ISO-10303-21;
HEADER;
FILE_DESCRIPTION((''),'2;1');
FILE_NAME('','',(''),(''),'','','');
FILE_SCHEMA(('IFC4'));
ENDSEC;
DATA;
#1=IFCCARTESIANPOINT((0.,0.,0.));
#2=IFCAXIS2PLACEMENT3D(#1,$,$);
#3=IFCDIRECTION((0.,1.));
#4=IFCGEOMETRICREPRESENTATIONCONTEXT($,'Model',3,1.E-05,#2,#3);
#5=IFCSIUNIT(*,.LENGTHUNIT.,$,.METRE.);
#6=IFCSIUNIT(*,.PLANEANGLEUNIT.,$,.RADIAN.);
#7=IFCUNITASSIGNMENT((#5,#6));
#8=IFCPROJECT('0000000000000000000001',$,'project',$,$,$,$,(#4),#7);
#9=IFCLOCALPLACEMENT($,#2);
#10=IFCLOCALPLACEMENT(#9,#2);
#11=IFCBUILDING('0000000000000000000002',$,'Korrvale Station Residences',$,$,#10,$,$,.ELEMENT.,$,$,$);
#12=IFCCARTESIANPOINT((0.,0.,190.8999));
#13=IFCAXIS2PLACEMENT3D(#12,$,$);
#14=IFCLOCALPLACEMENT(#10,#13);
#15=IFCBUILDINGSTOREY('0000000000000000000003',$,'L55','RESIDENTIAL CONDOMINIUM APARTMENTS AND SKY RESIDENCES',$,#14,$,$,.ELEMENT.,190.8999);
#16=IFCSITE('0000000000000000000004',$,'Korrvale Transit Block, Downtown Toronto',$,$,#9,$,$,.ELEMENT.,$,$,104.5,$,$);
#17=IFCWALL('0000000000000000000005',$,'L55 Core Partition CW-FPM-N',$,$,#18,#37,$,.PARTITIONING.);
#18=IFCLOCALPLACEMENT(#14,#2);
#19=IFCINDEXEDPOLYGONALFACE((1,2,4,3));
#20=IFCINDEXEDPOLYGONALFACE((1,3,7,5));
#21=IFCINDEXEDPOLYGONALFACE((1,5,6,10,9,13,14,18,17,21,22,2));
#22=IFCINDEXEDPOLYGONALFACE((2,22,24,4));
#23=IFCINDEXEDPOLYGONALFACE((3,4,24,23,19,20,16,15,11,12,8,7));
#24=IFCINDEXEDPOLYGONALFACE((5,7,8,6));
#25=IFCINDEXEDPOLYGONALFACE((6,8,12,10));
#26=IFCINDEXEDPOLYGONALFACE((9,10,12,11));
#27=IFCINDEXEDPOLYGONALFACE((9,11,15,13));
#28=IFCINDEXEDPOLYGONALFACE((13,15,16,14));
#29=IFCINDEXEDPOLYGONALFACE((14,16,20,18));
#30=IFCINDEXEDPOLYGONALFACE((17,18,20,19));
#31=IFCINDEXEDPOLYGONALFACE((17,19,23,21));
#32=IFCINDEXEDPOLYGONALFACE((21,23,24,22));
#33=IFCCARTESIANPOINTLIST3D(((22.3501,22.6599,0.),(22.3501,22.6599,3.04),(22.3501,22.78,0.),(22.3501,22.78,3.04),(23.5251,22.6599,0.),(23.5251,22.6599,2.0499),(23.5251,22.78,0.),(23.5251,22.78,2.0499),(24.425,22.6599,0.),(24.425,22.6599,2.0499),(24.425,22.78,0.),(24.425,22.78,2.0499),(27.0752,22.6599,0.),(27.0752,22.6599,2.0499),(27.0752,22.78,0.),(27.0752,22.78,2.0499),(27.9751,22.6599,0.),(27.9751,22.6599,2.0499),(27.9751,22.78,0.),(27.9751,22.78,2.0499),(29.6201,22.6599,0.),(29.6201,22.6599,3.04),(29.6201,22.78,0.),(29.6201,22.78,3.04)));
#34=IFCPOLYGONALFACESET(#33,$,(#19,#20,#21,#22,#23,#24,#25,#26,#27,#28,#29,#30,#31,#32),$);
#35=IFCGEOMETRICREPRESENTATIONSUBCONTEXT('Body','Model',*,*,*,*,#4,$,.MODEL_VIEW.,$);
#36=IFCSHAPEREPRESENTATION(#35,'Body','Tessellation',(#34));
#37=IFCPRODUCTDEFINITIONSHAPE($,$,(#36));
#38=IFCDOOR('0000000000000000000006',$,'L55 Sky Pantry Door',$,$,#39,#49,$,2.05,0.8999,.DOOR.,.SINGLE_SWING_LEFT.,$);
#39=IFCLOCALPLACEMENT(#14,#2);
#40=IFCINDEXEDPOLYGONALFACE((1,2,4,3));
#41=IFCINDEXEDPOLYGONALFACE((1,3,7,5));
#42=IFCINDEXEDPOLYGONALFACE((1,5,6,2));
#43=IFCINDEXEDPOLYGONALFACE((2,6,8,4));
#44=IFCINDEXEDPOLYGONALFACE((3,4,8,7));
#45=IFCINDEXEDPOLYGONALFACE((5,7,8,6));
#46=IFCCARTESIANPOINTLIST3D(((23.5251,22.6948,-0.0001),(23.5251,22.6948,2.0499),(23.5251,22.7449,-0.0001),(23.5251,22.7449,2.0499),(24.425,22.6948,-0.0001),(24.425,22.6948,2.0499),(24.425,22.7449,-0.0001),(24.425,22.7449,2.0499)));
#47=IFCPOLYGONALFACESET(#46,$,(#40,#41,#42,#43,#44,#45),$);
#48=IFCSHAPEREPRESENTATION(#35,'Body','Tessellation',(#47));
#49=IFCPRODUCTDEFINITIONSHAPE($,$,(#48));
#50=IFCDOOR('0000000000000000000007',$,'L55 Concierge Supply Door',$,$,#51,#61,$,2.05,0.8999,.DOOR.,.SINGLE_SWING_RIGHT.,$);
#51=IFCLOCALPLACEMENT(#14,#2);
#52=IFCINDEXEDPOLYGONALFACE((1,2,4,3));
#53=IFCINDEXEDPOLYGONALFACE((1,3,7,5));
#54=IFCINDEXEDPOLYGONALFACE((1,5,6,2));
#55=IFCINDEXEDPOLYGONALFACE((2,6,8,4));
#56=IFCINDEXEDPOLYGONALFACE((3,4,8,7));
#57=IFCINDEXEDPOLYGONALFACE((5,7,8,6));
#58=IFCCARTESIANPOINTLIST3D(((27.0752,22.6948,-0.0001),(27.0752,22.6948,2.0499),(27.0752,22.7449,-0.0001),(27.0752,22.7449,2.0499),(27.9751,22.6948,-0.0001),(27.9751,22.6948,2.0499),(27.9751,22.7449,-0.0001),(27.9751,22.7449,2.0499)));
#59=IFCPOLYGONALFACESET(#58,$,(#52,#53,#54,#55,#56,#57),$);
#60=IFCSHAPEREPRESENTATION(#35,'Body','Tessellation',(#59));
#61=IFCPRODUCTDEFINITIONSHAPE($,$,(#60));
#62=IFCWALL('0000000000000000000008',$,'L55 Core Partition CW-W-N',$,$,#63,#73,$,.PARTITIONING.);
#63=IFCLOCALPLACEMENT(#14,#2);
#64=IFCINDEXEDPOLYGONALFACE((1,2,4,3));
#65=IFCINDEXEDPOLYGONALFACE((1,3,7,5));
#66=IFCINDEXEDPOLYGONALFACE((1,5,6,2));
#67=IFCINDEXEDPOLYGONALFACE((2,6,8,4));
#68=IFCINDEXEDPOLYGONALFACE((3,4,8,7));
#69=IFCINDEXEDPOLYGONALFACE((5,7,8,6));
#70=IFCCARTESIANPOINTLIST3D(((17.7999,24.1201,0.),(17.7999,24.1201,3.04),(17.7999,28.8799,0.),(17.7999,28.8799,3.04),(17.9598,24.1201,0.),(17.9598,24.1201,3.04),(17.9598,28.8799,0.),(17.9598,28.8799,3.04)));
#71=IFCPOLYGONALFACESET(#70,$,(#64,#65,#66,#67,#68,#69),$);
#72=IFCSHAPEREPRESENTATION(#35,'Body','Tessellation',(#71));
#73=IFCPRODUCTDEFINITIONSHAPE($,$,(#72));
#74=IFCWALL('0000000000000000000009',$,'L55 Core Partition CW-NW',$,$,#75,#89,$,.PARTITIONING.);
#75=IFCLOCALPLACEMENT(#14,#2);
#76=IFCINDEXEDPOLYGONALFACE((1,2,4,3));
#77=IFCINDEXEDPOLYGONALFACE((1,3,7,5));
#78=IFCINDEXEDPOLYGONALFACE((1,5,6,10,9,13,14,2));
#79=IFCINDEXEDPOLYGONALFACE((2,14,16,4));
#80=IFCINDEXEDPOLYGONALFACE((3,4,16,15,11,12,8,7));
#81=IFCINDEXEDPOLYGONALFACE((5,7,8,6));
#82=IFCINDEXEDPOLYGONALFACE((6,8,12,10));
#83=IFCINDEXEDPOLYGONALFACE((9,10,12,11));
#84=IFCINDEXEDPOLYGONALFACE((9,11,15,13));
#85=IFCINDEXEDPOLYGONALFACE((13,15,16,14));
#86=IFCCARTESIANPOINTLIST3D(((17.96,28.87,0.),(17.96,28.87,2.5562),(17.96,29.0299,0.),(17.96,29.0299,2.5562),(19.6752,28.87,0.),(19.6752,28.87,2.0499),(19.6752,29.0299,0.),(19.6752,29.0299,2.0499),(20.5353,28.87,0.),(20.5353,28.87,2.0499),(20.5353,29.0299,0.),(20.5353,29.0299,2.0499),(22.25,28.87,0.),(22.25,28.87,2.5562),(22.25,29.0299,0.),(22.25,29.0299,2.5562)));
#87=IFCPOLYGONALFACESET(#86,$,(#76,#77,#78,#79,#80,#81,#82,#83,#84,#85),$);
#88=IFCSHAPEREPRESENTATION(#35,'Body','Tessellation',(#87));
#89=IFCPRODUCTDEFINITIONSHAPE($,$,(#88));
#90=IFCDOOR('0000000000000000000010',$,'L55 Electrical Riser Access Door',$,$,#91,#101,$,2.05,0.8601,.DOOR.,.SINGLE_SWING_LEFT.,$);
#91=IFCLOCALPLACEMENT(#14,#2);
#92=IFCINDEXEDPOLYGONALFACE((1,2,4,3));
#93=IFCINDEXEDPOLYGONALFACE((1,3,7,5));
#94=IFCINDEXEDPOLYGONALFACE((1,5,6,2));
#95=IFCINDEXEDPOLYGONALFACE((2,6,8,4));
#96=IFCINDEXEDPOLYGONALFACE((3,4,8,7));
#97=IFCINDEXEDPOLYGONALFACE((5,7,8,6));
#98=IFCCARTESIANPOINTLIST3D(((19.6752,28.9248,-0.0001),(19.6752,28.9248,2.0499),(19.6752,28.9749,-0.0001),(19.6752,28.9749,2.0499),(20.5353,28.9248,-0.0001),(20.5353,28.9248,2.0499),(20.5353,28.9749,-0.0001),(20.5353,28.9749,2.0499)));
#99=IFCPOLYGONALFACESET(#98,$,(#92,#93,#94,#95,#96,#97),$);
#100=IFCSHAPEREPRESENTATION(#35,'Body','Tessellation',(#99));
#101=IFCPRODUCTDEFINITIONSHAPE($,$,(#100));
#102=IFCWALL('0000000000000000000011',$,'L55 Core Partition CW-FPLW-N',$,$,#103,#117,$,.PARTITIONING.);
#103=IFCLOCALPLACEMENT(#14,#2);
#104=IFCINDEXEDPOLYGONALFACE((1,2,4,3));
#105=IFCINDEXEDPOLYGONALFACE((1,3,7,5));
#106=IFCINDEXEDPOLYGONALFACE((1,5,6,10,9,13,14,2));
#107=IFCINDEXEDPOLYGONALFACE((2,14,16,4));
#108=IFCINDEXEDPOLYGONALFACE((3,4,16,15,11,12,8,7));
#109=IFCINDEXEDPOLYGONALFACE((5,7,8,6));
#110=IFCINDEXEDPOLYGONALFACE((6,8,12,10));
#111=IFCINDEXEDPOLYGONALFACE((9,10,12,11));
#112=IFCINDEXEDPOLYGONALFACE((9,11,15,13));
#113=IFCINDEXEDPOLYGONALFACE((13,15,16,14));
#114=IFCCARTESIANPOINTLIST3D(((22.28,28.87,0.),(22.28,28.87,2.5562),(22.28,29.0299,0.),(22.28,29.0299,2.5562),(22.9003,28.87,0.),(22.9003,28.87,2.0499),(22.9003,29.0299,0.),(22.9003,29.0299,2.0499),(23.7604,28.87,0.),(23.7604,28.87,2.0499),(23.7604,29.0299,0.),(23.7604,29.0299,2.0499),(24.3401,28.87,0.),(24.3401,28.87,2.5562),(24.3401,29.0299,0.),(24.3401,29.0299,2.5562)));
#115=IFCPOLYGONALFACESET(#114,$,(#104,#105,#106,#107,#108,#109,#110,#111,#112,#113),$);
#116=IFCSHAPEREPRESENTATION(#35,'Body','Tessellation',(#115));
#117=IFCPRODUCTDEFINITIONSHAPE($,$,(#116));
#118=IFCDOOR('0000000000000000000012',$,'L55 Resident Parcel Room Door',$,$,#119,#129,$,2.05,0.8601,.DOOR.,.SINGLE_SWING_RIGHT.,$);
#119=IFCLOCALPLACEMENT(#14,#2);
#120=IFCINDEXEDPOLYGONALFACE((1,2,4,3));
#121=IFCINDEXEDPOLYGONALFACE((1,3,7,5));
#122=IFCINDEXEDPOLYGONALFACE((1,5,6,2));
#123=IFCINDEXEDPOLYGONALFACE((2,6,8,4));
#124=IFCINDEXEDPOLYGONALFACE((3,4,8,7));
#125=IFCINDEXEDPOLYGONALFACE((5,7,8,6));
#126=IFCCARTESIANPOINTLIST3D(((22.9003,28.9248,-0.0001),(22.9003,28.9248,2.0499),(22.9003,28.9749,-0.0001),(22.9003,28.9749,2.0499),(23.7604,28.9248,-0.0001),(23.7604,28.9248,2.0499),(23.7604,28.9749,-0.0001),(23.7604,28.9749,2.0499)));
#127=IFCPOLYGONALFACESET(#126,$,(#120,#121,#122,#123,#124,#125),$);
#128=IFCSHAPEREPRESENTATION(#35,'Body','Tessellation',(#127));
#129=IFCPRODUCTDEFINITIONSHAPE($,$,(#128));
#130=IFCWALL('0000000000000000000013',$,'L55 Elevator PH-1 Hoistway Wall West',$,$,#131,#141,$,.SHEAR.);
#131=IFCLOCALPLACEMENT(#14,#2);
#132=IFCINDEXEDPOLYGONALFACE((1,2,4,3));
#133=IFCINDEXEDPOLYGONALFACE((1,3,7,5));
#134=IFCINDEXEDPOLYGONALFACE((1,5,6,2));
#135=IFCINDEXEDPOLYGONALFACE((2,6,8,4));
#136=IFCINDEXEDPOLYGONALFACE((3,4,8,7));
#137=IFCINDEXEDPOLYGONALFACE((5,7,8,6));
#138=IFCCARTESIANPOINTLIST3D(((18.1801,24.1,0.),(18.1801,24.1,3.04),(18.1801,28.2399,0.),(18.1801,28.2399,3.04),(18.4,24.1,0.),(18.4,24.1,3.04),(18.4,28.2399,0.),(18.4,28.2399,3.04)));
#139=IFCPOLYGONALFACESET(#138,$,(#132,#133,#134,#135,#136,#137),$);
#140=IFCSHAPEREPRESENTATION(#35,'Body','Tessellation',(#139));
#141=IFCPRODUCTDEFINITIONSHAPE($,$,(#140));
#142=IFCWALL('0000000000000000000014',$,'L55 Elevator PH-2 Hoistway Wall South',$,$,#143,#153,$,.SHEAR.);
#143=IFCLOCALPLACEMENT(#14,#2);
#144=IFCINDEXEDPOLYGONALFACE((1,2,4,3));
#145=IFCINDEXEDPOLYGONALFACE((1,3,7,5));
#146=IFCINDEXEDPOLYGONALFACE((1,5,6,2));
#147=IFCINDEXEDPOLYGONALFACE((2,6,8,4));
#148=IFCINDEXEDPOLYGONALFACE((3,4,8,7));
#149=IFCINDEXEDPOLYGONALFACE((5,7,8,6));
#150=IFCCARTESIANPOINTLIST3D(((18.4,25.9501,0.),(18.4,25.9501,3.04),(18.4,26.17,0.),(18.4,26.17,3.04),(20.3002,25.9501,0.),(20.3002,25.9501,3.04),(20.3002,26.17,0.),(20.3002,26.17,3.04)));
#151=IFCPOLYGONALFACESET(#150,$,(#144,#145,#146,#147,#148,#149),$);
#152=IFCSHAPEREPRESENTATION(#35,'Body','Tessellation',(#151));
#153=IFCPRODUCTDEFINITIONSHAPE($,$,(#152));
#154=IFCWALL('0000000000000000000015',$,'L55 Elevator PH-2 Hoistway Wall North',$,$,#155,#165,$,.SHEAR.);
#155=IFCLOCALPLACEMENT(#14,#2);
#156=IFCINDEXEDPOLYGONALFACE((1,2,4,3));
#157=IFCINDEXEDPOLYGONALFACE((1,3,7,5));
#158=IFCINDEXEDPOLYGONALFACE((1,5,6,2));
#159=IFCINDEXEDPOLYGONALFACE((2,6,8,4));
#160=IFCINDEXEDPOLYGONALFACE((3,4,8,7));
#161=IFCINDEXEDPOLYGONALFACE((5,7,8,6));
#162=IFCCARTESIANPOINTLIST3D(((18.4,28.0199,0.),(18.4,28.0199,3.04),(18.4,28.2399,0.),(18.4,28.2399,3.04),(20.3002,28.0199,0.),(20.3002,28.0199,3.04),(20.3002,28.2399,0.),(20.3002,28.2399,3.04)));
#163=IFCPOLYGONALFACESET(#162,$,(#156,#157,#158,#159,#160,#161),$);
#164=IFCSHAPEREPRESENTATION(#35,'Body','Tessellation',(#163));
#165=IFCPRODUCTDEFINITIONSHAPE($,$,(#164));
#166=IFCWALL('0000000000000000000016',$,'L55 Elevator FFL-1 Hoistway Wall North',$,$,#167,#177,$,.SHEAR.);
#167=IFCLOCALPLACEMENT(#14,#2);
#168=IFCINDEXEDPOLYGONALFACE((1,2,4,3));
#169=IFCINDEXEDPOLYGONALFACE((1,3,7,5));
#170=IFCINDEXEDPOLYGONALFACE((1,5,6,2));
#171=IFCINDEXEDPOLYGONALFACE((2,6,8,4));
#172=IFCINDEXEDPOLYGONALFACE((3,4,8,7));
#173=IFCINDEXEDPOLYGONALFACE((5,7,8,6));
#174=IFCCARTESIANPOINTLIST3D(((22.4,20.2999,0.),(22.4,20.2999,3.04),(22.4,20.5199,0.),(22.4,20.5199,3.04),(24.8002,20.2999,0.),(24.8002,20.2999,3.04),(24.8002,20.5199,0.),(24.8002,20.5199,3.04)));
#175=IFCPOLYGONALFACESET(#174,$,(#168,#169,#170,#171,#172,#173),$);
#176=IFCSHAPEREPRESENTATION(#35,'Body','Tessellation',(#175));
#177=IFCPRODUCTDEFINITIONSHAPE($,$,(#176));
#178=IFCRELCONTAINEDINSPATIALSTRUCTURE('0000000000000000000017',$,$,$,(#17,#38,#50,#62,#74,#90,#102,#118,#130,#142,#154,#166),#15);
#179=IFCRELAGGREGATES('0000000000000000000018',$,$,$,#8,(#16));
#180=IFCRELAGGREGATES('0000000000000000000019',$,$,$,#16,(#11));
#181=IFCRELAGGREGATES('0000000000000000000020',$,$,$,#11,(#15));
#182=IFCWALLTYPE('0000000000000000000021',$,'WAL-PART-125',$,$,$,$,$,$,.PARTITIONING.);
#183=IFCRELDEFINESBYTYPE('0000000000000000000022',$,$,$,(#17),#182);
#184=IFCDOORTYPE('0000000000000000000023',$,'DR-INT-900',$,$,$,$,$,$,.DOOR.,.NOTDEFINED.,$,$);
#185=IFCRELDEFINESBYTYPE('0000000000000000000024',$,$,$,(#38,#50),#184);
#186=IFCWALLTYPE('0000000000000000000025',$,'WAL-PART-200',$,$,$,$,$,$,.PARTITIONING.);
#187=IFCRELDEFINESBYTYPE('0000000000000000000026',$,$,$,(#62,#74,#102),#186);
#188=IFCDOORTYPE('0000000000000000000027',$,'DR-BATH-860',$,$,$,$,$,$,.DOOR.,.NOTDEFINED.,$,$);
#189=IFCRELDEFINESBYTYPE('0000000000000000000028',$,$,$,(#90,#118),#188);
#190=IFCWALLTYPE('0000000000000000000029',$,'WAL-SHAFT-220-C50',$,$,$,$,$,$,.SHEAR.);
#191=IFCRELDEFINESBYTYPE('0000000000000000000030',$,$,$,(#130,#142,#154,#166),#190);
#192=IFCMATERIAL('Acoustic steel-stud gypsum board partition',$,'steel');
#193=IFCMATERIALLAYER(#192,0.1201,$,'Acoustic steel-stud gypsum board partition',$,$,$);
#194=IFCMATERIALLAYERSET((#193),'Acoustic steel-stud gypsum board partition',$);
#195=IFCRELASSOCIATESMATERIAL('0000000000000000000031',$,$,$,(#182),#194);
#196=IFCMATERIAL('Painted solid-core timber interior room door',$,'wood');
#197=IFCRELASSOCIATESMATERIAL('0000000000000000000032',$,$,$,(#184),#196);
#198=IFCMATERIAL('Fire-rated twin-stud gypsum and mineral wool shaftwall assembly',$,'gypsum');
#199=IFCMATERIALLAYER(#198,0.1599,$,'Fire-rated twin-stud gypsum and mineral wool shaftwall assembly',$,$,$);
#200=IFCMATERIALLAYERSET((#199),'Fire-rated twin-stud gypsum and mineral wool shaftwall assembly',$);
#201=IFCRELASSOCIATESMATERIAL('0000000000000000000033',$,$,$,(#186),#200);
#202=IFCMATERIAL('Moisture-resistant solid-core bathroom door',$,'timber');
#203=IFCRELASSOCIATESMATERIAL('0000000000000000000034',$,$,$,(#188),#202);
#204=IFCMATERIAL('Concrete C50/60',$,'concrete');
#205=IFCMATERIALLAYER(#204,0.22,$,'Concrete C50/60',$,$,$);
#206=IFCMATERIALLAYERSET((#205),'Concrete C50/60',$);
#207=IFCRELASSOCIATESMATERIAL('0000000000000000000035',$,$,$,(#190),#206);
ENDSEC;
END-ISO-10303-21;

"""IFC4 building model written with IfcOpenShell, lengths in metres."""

from ifc_helpers import new_model, si_unit, direction, frame, frame_2d, origin, place, context, subcontext, project, spatial, rectangle, extrude, material, layer, layer_set, type_object, element, fill, save


model = new_model("IFC4")

# Units and contexts
model_context = context("Model", 3, precision=1e-05, world=origin(), true_north=direction((0.0, 1.0)))
body_context = subcontext(model_context, "Body", "Model", "MODEL_VIEW")
ifc_project = project(units=[si_unit("LENGTHUNIT", "METRE"), si_unit("PLANEANGLEUNIT", "RADIAN")], contexts=[model_context])

# Site, building, storey
site_placement = place(None, origin())
site = spatial("IfcSite", under=ifc_project, at=site_placement, Name="Korrvale Transit Block, Downtown Toronto", CompositionType="ELEMENT", RefElevation=104.5)
building_placement = place(site_placement, origin())
building = spatial("IfcBuilding", under=site, at=building_placement, Name="Korrvale Station Residences", CompositionType="ELEMENT")
storey_placement = place(building_placement, frame((0.0, 0.0, 190.8999)))
storey = spatial("IfcBuildingStorey", under=building, at=storey_placement, Name="L55", Description="RESIDENTIAL CONDOMINIUM APARTMENTS AND SKY RESIDENCES", CompositionType="ELEMENT", Elevation=190.8999)

# Shared definitions
ifc_material_1 = material(Name="Concrete C50/60", Category="concrete")

# Shared definitions
ifc_material_2 = material(Name="Acoustic steel-stud gypsum board partition", Category="steel")
ifc_layer_1 = layer(ifc_material_2, 0.1201, Name="Acoustic steel-stud gypsum board partition")
ifc_layer_set_1 = layer_set([ifc_layer_1], Name="Acoustic steel-stud gypsum board partition")
wall_type_1 = type_object("IfcWallType", Name="WAL-PART-125", PredefinedType="PARTITIONING", material=ifc_layer_set_1)

# Wall, openings, doors
wall_1_placement = place(storey_placement, frame((22.3501, 22.72, 0.0), z_axis=(0.0, 0.0, 1.0), x_axis=(1.0, 0.0, 0.0)))
wall_1 = element("IfcWall", 1, at=wall_1_placement, inside=storey, type_object=wall_type_1, Name="L55 Core Partition CW-FPM-N", PredefinedType="PARTITIONING", context=body_context, shape_type="SweptSolid", body=[
    extrude(rectangle(XDim=7.27, YDim=0.1201, at=frame_2d((3.635, 0.0))), origin(), (0.0, 0.0, 1.0), 3.04),
])
opening_1_placement = place(wall_1_placement, frame((1.175, 0.0, 0.0)))
opening_1 = element("IfcOpeningElement", 2, at=opening_1_placement, cuts=wall_1, PredefinedType="OPENING", context=body_context, shape_type="SweptSolid", body=[
    extrude(rectangle(XDim=0.8999, YDim=2.05, at=frame_2d((0.45, 1.0249))), frame((0.0, 0.0701, 0.0), z_axis=(0.0, -1.0, 0.0), x_axis=(1.0, 0.0, 0.0)), (0.0, 0.0, 1.0), 0.1401),
])
opening_2_placement = place(wall_1_placement, frame((4.7251, 0.0, 0.0)))
opening_2 = element("IfcOpeningElement", 3, at=opening_2_placement, cuts=wall_1, PredefinedType="OPENING", context=body_context, shape_type="SweptSolid", body=[
    extrude(rectangle(XDim=0.8999, YDim=2.05, at=frame_2d((0.45, 1.0249))), frame((0.0, 0.0701, 0.0), z_axis=(0.0, -1.0, 0.0), x_axis=(1.0, 0.0, 0.0)), (0.0, 0.0, 1.0), 0.1401),
])
ifc_material_3 = material(Name="Painted solid-core timber interior room door", Category="wood")
door_type_1 = type_object("IfcDoorType", Name="DR-INT-900", OperationType="NOTDEFINED", PredefinedType="DOOR", material=ifc_material_3)
door_1_placement = place(opening_1_placement, origin())
door_1 = element("IfcDoor", 4, at=door_1_placement, inside=storey, type_object=door_type_1, Name="L55 Sky Pantry Door", OperationType="SINGLE_SWING_LEFT", OverallHeight=2.05, OverallWidth=0.8999, PredefinedType="DOOR", context=body_context, shape_type="SweptSolid", body=[
    extrude(rectangle(XDim=0.8999, YDim=2.05, at=frame_2d((0.45, 1.0249))), frame((0.0, 0.0249, 0.0), z_axis=(0.0, -1.0, 0.0), x_axis=(1.0, 0.0, 0.0)), (0.0, 0.0, 1.0), 0.05),
])
fill(opening_1, door_1)
door_2_placement = place(opening_2_placement, origin())
door_2 = element("IfcDoor", 5, at=door_2_placement, inside=storey, type_object=door_type_1, Name="L55 Concierge Supply Door", OperationType="SINGLE_SWING_RIGHT", OverallHeight=2.05, OverallWidth=0.8999, PredefinedType="DOOR", context=body_context, shape_type="SweptSolid", body=[
    extrude(rectangle(XDim=0.8999, YDim=2.05, at=frame_2d((0.45, 1.0249))), frame((0.0, 0.0249, 0.0), z_axis=(0.0, -1.0, 0.0), x_axis=(1.0, 0.0, 0.0)), (0.0, 0.0, 1.0), 0.05),
])
fill(opening_2, door_2)

# Wall
ifc_material_4 = material(Name="Fire-rated twin-stud gypsum and mineral wool shaftwall assembly", Category="gypsum")
ifc_layer_2 = layer(ifc_material_4, 0.1599, Name="Fire-rated twin-stud gypsum and mineral wool shaftwall assembly")
ifc_layer_set_2 = layer_set([ifc_layer_2], Name="Fire-rated twin-stud gypsum and mineral wool shaftwall assembly")
wall_type_2 = type_object("IfcWallType", Name="WAL-PART-200", PredefinedType="PARTITIONING", material=ifc_layer_set_2)
wall_2_placement = place(storey_placement, frame((17.8799, 24.1201, 0.0), z_axis=(0.0, 0.0, 1.0), x_axis=(0.0, 1.0, 0.0)))
element("IfcWall", 6, at=wall_2_placement, inside=storey, type_object=wall_type_2, Name="L55 Core Partition CW-W-N", PredefinedType="PARTITIONING", context=body_context, shape_type="SweptSolid", body=[
    extrude(rectangle(XDim=4.7598, YDim=0.1599, at=frame_2d((2.3799, 0.0))), origin(), (0.0, 0.0, 1.0), 3.04),
])

# Walls, openings, doors
wall_3_placement = place(storey_placement, frame((17.96, 28.95, 0.0), z_axis=(0.0, 0.0, 1.0), x_axis=(1.0, 0.0, 0.0)))
wall_3 = element("IfcWall", 7, at=wall_3_placement, inside=storey, type_object=wall_type_2, Name="L55 Core Partition CW-NW", PredefinedType="PARTITIONING", context=body_context, shape_type="SweptSolid", body=[
    extrude(rectangle(XDim=4.29, YDim=0.1599, at=frame_2d((2.145, 0.0))), origin(), (0.0, 0.0, 1.0), 2.5562),
])
opening_3_placement = place(wall_3_placement, frame((1.7151, 0.0, 0.0)))
opening_3 = element("IfcOpeningElement", 8, at=opening_3_placement, cuts=wall_3, PredefinedType="OPENING", context=body_context, shape_type="SweptSolid", body=[
    extrude(rectangle(XDim=0.8601, YDim=2.05, at=frame_2d((0.4302, 1.0249))), frame((0.0, 0.0898, 0.0), z_axis=(0.0, -1.0, 0.0), x_axis=(1.0, 0.0, 0.0)), (0.0, 0.0, 1.0), 0.1799),
])
ifc_material_5 = material(Name="Moisture-resistant solid-core bathroom door", Category="timber")
door_type_2 = type_object("IfcDoorType", Name="DR-BATH-860", OperationType="NOTDEFINED", PredefinedType="DOOR", material=ifc_material_5)
door_3_placement = place(opening_3_placement, origin())
door_3 = element("IfcDoor", 9, at=door_3_placement, inside=storey, type_object=door_type_2, Name="L55 Electrical Riser Access Door", OperationType="SINGLE_SWING_LEFT", OverallHeight=2.05, OverallWidth=0.8601, PredefinedType="DOOR", context=body_context, shape_type="SweptSolid", body=[
    extrude(rectangle(XDim=0.8601, YDim=2.05, at=frame_2d((0.4302, 1.0249))), frame((0.0, 0.0249, 0.0), z_axis=(0.0, -1.0, 0.0), x_axis=(1.0, 0.0, 0.0)), (0.0, 0.0, 1.0), 0.05),
])
fill(opening_3, door_3)
wall_4_placement = place(storey_placement, frame((22.28, 28.95, 0.0), z_axis=(0.0, 0.0, 1.0), x_axis=(1.0, 0.0, 0.0)))
wall_4 = element("IfcWall", 10, at=wall_4_placement, inside=storey, type_object=wall_type_2, Name="L55 Core Partition CW-FPLW-N", PredefinedType="PARTITIONING", context=body_context, shape_type="SweptSolid", body=[
    extrude(rectangle(XDim=2.0601, YDim=0.1599, at=frame_2d((1.03, 0.0))), origin(), (0.0, 0.0, 1.0), 2.5562),
])
opening_4_placement = place(wall_4_placement, frame((0.6201, 0.0, 0.0)))
opening_4 = element("IfcOpeningElement", 11, at=opening_4_placement, cuts=wall_4, PredefinedType="OPENING", context=body_context, shape_type="SweptSolid", body=[
    extrude(rectangle(XDim=0.8601, YDim=2.05, at=frame_2d((0.4302, 1.0249))), frame((0.0, 0.0898, 0.0), z_axis=(0.0, -1.0, 0.0), x_axis=(1.0, 0.0, 0.0)), (0.0, 0.0, 1.0), 0.1799),
])
door_4_placement = place(opening_4_placement, origin())
door_4 = element("IfcDoor", 12, at=door_4_placement, inside=storey, type_object=door_type_2, Name="L55 Resident Parcel Room Door", OperationType="SINGLE_SWING_RIGHT", OverallHeight=2.05, OverallWidth=0.8601, PredefinedType="DOOR", context=body_context, shape_type="SweptSolid", body=[
    extrude(rectangle(XDim=0.8601, YDim=2.05, at=frame_2d((0.4302, 1.0249))), frame((0.0, 0.0249, 0.0), z_axis=(0.0, -1.0, 0.0), x_axis=(1.0, 0.0, 0.0)), (0.0, 0.0, 1.0), 0.05),
])
fill(opening_4, door_4)

# Wall
ifc_layer_3 = layer(ifc_material_1, 0.22, Name="Concrete C50/60")
ifc_layer_set_3 = layer_set([ifc_layer_3], Name="Concrete C50/60")
wall_type_3 = type_object("IfcWallType", Name="WAL-SHAFT-220-C50", PredefinedType="SHEAR", material=ifc_layer_set_3)
wall_5_placement = place(storey_placement, frame((18.29, 24.1001, 0.0), z_axis=(0.0, 0.0, 1.0), x_axis=(0.0, 1.0, 0.0)))
element("IfcWall", 13, at=wall_5_placement, inside=storey, type_object=wall_type_3, Name="L55 Elevator PH-1 Hoistway Wall West", PredefinedType="SHEAR", context=body_context, shape_type="SweptSolid", body=[
    extrude(rectangle(XDim=4.1399, YDim=0.22, at=frame_2d((2.0698, 0.0))), origin(), (0.0, 0.0, 1.0), 3.04),
])

# Walls
for number, where, z_axis, x_axis, name in (
    (14, (18.3999, 26.0601, 0.0), (0.0, 0.0, 1.0), (1.0, 0.0, 0.0), "L55 Elevator PH-2 Hoistway Wall South"),
    (15, (18.3999, 28.1299, 0.0), (0.0, 0.0, 1.0), (1.0, 0.0, 0.0), "L55 Elevator PH-2 Hoistway Wall North"),
):
    element("IfcWall", number, at=place(storey_placement, frame(where, z_axis=z_axis, x_axis=x_axis)), inside=storey, type_object=wall_type_3, Name=name, PredefinedType="SHEAR", context=body_context, shape_type="SweptSolid", body=[
        extrude(rectangle(XDim=1.9001, YDim=0.22, at=frame_2d((0.9502, 0.0))), origin(), (0.0, 0.0, 1.0), 3.04),
    ])

# Wall
wall_6_placement = place(storey_placement, frame((22.3999, 20.4099, 0.0), z_axis=(0.0, 0.0, 1.0), x_axis=(1.0, 0.0, 0.0)))
element("IfcWall", 16, at=wall_6_placement, inside=storey, type_object=wall_type_3, Name="L55 Elevator FFL-1 Hoistway Wall North", PredefinedType="SHEAR", context=body_context, shape_type="SweptSolid", body=[
    extrude(rectangle(XDim=2.4001, YDim=0.22, at=frame_2d((1.2002, 0.0))), origin(), (0.0, 0.0, 1.0), 3.04),
])

save(model, "model.ifc")
